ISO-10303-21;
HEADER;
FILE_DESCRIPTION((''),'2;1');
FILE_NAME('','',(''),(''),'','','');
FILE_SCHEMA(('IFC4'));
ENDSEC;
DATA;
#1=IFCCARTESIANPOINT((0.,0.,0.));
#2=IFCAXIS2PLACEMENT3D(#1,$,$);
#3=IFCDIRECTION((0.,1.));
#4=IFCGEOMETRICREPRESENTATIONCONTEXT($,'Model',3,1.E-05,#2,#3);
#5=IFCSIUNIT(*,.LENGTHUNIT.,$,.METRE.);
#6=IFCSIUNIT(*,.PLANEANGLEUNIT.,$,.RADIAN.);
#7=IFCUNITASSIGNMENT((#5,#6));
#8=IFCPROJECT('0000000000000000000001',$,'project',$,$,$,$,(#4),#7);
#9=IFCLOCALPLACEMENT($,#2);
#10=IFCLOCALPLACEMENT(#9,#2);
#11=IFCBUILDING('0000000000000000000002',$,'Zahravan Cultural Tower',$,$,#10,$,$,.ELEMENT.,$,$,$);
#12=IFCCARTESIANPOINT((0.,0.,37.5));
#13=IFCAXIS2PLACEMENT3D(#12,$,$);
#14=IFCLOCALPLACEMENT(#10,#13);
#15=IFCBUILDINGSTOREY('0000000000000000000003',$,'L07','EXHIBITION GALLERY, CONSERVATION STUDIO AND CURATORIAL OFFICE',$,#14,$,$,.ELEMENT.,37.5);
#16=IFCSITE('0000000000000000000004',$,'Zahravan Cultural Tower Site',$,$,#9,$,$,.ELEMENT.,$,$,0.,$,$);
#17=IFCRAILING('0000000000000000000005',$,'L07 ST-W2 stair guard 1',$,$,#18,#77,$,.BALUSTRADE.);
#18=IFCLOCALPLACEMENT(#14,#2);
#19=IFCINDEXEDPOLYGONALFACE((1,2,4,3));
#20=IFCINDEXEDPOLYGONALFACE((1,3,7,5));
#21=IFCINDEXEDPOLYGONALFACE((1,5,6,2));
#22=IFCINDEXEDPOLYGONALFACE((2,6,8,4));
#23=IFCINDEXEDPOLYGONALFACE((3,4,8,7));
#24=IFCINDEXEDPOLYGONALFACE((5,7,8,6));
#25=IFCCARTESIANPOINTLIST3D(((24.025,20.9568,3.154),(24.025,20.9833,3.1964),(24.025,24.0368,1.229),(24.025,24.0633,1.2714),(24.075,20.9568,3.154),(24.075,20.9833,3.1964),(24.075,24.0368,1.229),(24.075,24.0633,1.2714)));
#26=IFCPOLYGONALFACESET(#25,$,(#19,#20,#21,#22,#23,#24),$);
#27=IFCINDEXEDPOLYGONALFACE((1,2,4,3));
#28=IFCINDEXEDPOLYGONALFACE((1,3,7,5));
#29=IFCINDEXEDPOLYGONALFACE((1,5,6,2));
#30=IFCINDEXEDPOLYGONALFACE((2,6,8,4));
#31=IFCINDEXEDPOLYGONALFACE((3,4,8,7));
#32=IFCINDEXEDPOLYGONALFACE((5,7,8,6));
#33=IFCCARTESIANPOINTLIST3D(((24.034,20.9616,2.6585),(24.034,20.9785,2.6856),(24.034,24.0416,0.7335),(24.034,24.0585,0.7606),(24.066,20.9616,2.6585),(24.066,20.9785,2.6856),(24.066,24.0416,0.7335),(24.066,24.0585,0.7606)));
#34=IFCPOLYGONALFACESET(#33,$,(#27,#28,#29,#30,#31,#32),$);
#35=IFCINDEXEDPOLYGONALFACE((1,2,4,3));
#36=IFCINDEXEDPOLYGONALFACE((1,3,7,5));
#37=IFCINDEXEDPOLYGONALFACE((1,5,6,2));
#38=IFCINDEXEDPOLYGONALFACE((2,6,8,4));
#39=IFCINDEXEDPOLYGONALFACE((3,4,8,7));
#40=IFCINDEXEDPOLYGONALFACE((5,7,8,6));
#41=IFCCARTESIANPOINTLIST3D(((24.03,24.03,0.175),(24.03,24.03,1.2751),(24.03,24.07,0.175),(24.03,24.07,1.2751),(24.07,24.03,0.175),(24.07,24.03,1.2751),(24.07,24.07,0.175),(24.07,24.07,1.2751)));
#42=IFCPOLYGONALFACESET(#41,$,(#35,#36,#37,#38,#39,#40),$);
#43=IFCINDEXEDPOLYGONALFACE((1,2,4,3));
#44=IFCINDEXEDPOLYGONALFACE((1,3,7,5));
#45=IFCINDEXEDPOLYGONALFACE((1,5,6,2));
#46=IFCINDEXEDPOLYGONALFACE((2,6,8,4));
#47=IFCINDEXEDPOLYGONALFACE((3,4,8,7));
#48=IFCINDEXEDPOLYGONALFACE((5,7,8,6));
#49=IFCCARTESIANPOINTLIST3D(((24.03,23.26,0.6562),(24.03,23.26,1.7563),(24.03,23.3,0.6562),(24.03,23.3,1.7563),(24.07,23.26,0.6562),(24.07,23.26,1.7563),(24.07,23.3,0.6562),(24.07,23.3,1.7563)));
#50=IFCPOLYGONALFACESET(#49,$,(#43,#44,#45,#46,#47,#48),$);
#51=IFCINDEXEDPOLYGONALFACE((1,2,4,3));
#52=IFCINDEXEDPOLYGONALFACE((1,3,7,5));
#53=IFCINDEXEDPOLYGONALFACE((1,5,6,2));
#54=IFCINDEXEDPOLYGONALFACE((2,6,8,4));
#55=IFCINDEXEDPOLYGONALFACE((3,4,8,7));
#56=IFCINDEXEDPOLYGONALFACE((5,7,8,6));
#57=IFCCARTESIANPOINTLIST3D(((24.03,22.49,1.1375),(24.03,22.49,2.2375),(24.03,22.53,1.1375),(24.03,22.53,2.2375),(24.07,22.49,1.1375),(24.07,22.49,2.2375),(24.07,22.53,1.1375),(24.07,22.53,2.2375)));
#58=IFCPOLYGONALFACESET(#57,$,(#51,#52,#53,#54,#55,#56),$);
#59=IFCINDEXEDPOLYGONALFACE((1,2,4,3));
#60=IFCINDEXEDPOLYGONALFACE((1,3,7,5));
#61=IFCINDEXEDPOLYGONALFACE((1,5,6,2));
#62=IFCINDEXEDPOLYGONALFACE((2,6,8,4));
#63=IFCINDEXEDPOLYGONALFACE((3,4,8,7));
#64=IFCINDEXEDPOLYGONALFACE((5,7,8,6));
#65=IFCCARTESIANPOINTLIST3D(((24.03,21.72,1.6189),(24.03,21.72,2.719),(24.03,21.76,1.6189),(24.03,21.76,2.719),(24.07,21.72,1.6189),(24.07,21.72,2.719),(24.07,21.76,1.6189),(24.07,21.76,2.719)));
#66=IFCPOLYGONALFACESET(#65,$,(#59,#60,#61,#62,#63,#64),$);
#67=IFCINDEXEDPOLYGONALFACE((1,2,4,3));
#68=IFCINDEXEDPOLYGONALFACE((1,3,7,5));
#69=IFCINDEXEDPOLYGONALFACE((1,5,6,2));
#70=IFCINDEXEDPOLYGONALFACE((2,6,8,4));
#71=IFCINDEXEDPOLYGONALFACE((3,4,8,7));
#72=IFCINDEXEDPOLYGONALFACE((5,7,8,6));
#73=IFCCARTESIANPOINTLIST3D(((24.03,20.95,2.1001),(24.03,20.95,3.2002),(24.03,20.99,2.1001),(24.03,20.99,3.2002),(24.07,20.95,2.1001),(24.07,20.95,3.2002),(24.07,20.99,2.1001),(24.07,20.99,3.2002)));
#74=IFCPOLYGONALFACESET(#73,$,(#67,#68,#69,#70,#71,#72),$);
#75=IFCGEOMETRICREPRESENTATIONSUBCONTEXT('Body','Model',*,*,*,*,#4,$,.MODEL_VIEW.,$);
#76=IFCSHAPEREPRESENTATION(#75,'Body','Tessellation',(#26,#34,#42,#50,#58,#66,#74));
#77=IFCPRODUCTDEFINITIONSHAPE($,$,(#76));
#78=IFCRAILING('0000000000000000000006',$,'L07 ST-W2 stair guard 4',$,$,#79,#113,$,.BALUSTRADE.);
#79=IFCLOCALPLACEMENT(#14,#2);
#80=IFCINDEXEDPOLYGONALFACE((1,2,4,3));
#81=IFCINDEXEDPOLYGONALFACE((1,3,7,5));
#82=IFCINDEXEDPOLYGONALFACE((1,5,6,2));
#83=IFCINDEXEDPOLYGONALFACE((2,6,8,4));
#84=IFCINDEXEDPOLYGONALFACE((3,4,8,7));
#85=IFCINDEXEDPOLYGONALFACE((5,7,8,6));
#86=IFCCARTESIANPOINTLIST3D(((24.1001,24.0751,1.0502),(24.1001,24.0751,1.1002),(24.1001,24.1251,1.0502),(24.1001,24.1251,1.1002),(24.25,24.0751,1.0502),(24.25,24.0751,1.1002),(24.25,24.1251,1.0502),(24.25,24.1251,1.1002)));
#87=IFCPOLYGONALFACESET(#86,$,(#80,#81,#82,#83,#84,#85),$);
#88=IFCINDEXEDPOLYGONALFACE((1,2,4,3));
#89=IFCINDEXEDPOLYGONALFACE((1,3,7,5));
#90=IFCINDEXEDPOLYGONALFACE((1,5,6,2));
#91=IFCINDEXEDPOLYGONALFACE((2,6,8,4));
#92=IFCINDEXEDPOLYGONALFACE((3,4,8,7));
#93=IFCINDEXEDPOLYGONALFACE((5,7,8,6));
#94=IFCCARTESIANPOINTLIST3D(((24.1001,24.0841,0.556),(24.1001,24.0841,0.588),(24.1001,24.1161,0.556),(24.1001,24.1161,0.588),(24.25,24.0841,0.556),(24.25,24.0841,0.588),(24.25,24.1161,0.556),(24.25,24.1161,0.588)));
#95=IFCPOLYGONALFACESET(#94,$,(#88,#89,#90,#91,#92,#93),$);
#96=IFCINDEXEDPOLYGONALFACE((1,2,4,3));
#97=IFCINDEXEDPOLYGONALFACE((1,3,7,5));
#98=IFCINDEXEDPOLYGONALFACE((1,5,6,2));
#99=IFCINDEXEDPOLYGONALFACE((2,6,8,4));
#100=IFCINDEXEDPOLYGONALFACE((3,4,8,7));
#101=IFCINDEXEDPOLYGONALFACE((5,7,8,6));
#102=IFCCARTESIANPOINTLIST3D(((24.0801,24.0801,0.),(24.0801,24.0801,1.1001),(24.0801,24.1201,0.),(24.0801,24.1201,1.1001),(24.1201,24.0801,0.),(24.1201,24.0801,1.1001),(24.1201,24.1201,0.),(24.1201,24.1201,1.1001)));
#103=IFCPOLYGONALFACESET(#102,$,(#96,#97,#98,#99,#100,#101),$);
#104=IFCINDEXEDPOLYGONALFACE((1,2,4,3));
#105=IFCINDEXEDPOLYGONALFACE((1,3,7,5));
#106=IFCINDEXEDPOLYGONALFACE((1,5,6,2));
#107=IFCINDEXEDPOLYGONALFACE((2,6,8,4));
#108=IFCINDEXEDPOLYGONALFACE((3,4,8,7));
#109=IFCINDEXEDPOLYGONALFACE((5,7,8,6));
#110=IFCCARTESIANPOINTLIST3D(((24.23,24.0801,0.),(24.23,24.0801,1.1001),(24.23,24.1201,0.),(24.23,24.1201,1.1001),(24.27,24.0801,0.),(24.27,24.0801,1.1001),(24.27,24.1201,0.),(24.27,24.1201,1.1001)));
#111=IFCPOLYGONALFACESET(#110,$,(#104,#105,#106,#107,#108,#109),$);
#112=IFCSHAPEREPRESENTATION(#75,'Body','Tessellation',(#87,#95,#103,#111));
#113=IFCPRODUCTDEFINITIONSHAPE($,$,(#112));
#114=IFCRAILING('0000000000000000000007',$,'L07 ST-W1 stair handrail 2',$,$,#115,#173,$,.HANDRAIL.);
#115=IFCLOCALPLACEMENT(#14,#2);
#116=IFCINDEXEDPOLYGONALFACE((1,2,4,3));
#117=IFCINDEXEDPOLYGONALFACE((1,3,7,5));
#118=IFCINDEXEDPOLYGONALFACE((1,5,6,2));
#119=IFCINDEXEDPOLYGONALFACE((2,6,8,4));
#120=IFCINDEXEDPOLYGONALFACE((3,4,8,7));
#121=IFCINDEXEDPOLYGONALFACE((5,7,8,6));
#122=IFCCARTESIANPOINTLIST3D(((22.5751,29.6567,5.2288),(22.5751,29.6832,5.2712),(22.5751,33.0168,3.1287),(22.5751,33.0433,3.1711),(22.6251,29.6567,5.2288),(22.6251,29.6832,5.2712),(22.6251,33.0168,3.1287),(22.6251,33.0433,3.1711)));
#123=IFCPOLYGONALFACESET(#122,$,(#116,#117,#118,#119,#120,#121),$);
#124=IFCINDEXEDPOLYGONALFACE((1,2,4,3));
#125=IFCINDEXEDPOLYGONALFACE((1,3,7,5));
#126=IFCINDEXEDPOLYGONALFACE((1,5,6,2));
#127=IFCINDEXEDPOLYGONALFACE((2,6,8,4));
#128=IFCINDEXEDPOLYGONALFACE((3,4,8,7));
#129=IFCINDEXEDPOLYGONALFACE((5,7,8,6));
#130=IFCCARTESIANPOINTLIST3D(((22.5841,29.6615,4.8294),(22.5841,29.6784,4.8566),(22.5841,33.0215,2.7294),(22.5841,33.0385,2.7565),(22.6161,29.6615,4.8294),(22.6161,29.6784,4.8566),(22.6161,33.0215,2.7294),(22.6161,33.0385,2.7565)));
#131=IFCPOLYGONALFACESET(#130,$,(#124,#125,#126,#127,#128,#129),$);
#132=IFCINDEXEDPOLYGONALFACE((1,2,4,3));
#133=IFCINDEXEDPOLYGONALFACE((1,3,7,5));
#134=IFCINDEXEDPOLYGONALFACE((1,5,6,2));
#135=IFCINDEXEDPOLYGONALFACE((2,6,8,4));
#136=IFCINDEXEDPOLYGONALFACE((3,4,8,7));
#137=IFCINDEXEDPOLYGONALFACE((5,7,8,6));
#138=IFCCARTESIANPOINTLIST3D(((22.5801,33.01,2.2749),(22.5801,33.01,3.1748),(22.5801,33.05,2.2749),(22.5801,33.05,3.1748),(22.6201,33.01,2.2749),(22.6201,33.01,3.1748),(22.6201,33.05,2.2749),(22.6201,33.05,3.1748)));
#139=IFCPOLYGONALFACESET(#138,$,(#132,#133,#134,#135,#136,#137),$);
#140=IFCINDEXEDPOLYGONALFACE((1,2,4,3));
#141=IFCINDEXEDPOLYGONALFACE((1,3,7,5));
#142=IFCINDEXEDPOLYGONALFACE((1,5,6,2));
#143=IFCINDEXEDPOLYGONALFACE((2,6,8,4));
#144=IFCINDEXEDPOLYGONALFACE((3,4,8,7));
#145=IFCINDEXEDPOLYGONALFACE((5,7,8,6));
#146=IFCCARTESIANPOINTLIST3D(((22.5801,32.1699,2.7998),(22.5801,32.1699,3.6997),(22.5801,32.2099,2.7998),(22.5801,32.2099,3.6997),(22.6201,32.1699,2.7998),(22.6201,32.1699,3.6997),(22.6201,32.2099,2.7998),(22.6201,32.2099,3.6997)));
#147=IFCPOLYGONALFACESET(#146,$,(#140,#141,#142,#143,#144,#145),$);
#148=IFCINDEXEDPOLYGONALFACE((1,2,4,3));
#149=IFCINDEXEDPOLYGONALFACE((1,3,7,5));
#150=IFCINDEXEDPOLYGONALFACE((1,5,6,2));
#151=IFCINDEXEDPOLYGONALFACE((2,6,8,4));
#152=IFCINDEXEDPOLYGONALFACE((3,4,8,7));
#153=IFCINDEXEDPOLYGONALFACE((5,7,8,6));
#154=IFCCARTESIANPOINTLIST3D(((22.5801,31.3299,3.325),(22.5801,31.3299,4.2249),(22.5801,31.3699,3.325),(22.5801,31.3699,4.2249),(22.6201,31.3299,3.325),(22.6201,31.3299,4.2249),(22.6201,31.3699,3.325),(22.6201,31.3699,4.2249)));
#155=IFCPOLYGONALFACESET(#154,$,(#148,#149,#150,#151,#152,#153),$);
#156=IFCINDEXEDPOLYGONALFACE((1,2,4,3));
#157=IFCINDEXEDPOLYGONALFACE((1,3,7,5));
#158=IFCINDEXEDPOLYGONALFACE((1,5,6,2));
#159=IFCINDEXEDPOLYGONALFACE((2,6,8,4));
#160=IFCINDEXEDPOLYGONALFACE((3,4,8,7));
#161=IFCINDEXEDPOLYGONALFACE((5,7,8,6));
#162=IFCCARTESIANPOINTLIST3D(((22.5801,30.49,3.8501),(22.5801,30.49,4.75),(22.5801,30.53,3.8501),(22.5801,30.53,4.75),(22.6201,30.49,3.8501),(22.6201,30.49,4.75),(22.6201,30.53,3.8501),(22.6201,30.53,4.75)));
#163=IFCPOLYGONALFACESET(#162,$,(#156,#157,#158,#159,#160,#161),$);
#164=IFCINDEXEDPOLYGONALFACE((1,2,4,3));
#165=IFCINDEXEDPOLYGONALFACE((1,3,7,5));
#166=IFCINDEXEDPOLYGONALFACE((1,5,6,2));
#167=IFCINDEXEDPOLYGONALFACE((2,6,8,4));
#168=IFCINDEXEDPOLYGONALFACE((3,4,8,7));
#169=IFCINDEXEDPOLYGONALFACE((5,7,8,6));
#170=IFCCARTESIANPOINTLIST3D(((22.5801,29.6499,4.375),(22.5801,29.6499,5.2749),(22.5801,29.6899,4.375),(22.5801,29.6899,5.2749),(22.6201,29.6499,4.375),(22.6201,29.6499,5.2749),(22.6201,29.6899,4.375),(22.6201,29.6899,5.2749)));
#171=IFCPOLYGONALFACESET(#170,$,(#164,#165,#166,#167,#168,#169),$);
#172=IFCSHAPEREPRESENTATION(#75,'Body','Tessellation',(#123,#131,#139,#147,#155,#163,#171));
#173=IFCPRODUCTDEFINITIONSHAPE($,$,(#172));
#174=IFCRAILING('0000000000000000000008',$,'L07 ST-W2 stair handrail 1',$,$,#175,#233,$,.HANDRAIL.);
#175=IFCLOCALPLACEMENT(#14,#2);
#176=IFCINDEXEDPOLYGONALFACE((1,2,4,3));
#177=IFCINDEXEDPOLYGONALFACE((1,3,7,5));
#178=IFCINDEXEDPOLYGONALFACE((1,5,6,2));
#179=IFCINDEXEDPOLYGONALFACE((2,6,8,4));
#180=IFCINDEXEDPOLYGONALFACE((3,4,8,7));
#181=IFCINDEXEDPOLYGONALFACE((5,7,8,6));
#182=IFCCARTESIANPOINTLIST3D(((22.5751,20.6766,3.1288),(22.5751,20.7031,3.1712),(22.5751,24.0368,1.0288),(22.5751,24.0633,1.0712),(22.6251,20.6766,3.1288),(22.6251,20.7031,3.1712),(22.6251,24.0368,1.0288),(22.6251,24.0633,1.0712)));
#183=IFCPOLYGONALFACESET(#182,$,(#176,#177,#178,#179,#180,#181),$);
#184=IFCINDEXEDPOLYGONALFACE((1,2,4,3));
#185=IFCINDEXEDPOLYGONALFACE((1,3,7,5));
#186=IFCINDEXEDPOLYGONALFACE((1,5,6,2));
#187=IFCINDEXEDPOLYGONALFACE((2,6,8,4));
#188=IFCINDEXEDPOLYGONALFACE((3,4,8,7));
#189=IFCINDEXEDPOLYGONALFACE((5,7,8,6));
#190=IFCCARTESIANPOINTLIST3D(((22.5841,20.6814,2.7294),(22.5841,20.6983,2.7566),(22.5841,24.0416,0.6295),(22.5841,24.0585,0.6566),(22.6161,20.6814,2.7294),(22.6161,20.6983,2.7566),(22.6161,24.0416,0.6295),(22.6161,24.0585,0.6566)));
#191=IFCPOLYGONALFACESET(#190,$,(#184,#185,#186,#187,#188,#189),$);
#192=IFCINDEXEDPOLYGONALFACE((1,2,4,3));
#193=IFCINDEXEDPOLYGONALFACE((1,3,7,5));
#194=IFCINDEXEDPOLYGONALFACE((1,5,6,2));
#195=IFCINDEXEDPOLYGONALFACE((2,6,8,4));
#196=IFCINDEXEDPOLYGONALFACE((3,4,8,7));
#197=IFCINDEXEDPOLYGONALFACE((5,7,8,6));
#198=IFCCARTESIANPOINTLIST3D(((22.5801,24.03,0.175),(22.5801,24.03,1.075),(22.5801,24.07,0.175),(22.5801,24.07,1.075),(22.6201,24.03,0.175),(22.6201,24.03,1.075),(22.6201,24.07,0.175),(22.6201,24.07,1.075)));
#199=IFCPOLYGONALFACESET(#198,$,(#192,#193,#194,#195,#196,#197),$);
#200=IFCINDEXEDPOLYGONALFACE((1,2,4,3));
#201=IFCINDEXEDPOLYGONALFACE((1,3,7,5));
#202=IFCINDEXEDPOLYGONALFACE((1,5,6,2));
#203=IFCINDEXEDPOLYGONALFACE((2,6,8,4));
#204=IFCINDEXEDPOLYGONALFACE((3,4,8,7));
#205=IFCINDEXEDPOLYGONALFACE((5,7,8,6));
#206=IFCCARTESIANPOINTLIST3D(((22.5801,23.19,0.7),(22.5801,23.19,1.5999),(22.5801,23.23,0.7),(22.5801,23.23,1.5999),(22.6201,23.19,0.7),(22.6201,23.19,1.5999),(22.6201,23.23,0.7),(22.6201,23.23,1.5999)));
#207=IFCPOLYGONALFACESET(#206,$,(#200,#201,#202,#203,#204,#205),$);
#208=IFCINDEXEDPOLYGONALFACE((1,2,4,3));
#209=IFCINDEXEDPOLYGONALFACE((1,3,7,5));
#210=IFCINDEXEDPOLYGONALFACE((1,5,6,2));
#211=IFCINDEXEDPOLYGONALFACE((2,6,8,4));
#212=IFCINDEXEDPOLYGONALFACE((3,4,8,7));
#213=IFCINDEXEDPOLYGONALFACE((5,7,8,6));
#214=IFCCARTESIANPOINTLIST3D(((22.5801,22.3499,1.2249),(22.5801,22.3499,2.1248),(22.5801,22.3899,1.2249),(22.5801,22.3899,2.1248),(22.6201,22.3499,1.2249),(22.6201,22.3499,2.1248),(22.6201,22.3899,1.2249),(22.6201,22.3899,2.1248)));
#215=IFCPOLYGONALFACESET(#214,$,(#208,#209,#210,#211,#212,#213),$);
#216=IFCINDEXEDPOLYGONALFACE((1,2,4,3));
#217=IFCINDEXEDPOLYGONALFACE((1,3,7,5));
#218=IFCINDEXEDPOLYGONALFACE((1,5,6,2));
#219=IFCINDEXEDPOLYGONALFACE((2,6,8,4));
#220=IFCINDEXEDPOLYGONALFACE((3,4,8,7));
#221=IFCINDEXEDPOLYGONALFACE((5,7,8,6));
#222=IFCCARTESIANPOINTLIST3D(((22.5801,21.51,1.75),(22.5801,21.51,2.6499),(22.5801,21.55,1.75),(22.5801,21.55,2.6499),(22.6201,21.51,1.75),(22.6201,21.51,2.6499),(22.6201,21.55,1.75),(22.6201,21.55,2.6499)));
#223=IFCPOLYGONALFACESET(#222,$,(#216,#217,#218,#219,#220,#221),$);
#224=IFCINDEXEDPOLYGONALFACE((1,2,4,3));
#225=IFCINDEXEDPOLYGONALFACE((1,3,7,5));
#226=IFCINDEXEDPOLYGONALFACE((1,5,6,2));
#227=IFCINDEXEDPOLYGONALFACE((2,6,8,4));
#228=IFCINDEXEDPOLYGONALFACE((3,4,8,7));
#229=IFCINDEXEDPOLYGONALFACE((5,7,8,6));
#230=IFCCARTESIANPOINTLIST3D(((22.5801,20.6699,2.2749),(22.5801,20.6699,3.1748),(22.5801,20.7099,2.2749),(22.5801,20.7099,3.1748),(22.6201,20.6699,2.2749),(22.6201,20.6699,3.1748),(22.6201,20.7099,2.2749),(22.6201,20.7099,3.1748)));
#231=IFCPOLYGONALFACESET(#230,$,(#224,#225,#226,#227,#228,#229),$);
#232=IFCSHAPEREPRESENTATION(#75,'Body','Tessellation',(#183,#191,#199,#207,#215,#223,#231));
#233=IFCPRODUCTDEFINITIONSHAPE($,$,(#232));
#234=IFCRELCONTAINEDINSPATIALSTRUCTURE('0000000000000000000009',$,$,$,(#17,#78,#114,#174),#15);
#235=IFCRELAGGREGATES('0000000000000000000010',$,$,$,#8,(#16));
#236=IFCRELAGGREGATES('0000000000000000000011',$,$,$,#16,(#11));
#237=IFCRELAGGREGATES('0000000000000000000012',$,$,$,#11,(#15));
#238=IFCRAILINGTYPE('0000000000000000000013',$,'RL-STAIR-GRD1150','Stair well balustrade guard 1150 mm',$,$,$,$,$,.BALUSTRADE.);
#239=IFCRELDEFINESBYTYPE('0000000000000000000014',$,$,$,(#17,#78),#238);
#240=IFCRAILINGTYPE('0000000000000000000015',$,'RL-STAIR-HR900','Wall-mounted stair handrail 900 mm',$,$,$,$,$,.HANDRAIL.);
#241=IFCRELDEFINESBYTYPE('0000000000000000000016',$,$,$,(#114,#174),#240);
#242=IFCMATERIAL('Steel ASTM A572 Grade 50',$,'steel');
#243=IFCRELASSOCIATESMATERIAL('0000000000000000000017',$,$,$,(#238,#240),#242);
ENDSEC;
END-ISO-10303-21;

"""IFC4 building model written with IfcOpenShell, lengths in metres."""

from ifc_helpers import new_model, si_unit, direction, frame, origin, origin_2d, place, context, subcontext, project, spatial, rectangle, extrude, material, type_object, element, save


model = new_model("IFC4")

# Units and contexts
model_context = context("Model", 3, precision=1e-05, world=origin(), true_north=direction((0.0, 1.0)))
body_context = subcontext(model_context, "Body", "Model", "MODEL_VIEW")
ifc_project = project(units=[si_unit("LENGTHUNIT", "METRE"), si_unit("PLANEANGLEUNIT", "RADIAN")], contexts=[model_context])

# Site, building, storey
site_placement = place(None, origin())
site = spatial("IfcSite", under=ifc_project, at=site_placement, Name="Zahravan Cultural Tower Site", CompositionType="ELEMENT", RefElevation=0.0)
building_placement = place(site_placement, origin())
building = spatial("IfcBuilding", under=site, at=building_placement, Name="Zahravan Cultural Tower", CompositionType="ELEMENT")
storey_placement = place(building_placement, frame((0.0, 0.0, 37.5)))
storey = spatial("IfcBuildingStorey", under=building, at=storey_placement, Name="L07", Description="EXHIBITION GALLERY, CONSERVATION STUDIO AND CURATORIAL OFFICE", CompositionType="ELEMENT", Elevation=37.5)

# Shared definitions
ifc_material_1 = material(Name="Steel ASTM A572 Grade 50", Category="steel")

# Railings
railing_type_1 = type_object("IfcRailingType", Name="RL-STAIR-GRD1150", Description="Stair well balustrade guard 1150 mm", PredefinedType="BALUSTRADE", material=ifc_material_1)
railing_1_placement = place(storey_placement, frame((24.05, 24.05, 0.175)))
element("IfcRailing", 1, at=railing_1_placement, inside=storey, type_object=railing_type_1, Name="L07 ST-W2 stair guard 1", PredefinedType="BALUSTRADE", context=body_context, shape_type="SweptSolid", body=[
    extrude(rectangle(XDim=0.05, YDim=0.05, at=origin_2d()), frame((0.0, 0.0, 1.0752), z_axis=(0.0, -0.847998, 0.529999), x_axis=(1.0, 0.0, 0.0)), (0.0, 0.0, 1.0), 3.6321),
    extrude(rectangle(XDim=0.032, YDim=0.032, at=origin_2d()), frame((0.0, 0.0, 0.572), z_axis=(0.0, -0.847998, 0.529999), x_axis=(1.0, 0.0, 0.0)), (0.0, 0.0, 1.0), 3.6321),
    extrude(rectangle(XDim=0.04, YDim=0.04, at=origin_2d()), origin(), (0.0, 0.0, 1.0), 1.1001),
    extrude(rectangle(XDim=0.04, YDim=0.04, at=origin_2d()), frame((0.0, -0.77, 0.4812)), (0.0, 0.0, 1.0), 1.1001),
    extrude(rectangle(XDim=0.04, YDim=0.04, at=origin_2d()), frame((0.0, -1.54, 0.9624)), (0.0, 0.0, 1.0), 1.1001),
    extrude(rectangle(XDim=0.04, YDim=0.04, at=origin_2d()), frame((0.0, -2.3101, 1.4438)), (0.0, 0.0, 1.0), 1.1001),
    extrude(rectangle(XDim=0.04, YDim=0.04, at=origin_2d()), frame((0.0, -3.0801, 1.925)), (0.0, 0.0, 1.0), 1.1001),
])
railing_2_placement = place(storey_placement, frame((24.1001, 24.1001, 0.0)))
element("IfcRailing", 2, at=railing_2_placement, inside=storey, type_object=railing_type_1, Name="L07 ST-W2 stair guard 4", PredefinedType="BALUSTRADE", context=body_context, shape_type="SweptSolid", body=[
    extrude(rectangle(XDim=0.05, YDim=0.05, at=origin_2d()), frame((0.0, 0.0, 1.0752), z_axis=(1.0, 0.0, 0.0), x_axis=(0.0, 1.0, 0.0)), (0.0, 0.0, 1.0), 0.1499),
    extrude(rectangle(XDim=0.032, YDim=0.032, at=origin_2d()), frame((0.0, 0.0, 0.572), z_axis=(1.0, 0.0, 0.0), x_axis=(0.0, 1.0, 0.0)), (0.0, 0.0, 1.0), 0.1499),
    extrude(rectangle(XDim=0.04, YDim=0.04, at=origin_2d()), origin(), (0.0, 0.0, 1.0), 1.1001),
    extrude(rectangle(XDim=0.04, YDim=0.04, at=origin_2d()), frame((0.1499, 0.0, 0.0)), (0.0, 0.0, 1.0), 1.1001),
])
railing_type_2 = type_object("IfcRailingType", Name="RL-STAIR-HR900", Description="Wall-mounted stair handrail 900 mm", PredefinedType="HANDRAIL", material=ifc_material_1)
railing_3_placement = place(storey_placement, frame((22.6001, 33.03, 2.2749)))
element("IfcRailing", 3, at=railing_3_placement, inside=storey, type_object=railing_type_2, Name="L07 ST-W1 stair handrail 2", PredefinedType="HANDRAIL", context=body_context, shape_type="SweptSolid", body=[
    extrude(rectangle(XDim=0.05, YDim=0.05, at=origin_2d()), frame((0.0, 0.0, 0.875), z_axis=(0.0, -0.847995, 0.530004), x_axis=(1.0, 0.0, 0.0)), (0.0, 0.0, 1.0), 3.9624),
    extrude(rectangle(XDim=0.032, YDim=0.032, at=origin_2d()), frame((0.0, 0.0, 0.468), z_axis=(0.0, -0.847995, 0.530004), x_axis=(1.0, 0.0, 0.0)), (0.0, 0.0, 1.0), 3.9624),
    extrude(rectangle(XDim=0.04, YDim=0.04, at=origin_2d()), origin(), (0.0, 0.0, 1.0), 0.8999),
    extrude(rectangle(XDim=0.04, YDim=0.04, at=origin_2d()), frame((0.0, -0.8401, 0.5249)), (0.0, 0.0, 1.0), 0.8999),
    extrude(rectangle(XDim=0.04, YDim=0.04, at=origin_2d()), frame((0.0, -1.6802, 1.05)), (0.0, 0.0, 1.0), 0.8999),
    extrude(rectangle(XDim=0.04, YDim=0.04, at=origin_2d()), frame((0.0, -2.52, 1.5752)), (0.0, 0.0, 1.0), 0.8999),
    extrude(rectangle(XDim=0.04, YDim=0.04, at=origin_2d()), frame((0.0, -3.3601, 2.1001)), (0.0, 0.0, 1.0), 0.8999),
])
railing_4_placement = place(storey_placement, frame((22.6001, 24.05, 0.175)))
element("IfcRailing", 4, at=railing_4_placement, inside=storey, type_object=railing_type_2, Name="L07 ST-W2 stair handrail 1", PredefinedType="HANDRAIL", context=body_context, shape_type="SweptSolid", body=[
    extrude(rectangle(XDim=0.05, YDim=0.05, at=origin_2d()), frame((0.0, 0.0, 0.875), z_axis=(0.0, -0.848023, 0.52996), x_axis=(1.0, 0.0, 0.0)), (0.0, 0.0, 1.0), 3.9624),
    extrude(rectangle(XDim=0.032, YDim=0.032, at=origin_2d()), frame((0.0, 0.0, 0.468), z_axis=(0.0, -0.848023, 0.52996), x_axis=(1.0, 0.0, 0.0)), (0.0, 0.0, 1.0), 3.9624),
    extrude(rectangle(XDim=0.04, YDim=0.04, at=origin_2d()), origin(), (0.0, 0.0, 1.0), 0.8999),
    extrude(rectangle(XDim=0.04, YDim=0.04, at=origin_2d()), frame((0.0, -0.8401, 0.5249)), (0.0, 0.0, 1.0), 0.8999),
    extrude(rectangle(XDim=0.04, YDim=0.04, at=origin_2d()), frame((0.0, -1.6802, 1.0498)), (0.0, 0.0, 1.0), 0.8999),
    extrude(rectangle(XDim=0.04, YDim=0.04, at=origin_2d()), frame((0.0, -2.52, 1.575)), (0.0, 0.0, 1.0), 0.8999),
    extrude(rectangle(XDim=0.04, YDim=0.04, at=origin_2d()), frame((0.0, -3.3601, 2.0999)), (0.0, 0.0, 1.0), 0.8999),
])

save(model, "model.ifc")
